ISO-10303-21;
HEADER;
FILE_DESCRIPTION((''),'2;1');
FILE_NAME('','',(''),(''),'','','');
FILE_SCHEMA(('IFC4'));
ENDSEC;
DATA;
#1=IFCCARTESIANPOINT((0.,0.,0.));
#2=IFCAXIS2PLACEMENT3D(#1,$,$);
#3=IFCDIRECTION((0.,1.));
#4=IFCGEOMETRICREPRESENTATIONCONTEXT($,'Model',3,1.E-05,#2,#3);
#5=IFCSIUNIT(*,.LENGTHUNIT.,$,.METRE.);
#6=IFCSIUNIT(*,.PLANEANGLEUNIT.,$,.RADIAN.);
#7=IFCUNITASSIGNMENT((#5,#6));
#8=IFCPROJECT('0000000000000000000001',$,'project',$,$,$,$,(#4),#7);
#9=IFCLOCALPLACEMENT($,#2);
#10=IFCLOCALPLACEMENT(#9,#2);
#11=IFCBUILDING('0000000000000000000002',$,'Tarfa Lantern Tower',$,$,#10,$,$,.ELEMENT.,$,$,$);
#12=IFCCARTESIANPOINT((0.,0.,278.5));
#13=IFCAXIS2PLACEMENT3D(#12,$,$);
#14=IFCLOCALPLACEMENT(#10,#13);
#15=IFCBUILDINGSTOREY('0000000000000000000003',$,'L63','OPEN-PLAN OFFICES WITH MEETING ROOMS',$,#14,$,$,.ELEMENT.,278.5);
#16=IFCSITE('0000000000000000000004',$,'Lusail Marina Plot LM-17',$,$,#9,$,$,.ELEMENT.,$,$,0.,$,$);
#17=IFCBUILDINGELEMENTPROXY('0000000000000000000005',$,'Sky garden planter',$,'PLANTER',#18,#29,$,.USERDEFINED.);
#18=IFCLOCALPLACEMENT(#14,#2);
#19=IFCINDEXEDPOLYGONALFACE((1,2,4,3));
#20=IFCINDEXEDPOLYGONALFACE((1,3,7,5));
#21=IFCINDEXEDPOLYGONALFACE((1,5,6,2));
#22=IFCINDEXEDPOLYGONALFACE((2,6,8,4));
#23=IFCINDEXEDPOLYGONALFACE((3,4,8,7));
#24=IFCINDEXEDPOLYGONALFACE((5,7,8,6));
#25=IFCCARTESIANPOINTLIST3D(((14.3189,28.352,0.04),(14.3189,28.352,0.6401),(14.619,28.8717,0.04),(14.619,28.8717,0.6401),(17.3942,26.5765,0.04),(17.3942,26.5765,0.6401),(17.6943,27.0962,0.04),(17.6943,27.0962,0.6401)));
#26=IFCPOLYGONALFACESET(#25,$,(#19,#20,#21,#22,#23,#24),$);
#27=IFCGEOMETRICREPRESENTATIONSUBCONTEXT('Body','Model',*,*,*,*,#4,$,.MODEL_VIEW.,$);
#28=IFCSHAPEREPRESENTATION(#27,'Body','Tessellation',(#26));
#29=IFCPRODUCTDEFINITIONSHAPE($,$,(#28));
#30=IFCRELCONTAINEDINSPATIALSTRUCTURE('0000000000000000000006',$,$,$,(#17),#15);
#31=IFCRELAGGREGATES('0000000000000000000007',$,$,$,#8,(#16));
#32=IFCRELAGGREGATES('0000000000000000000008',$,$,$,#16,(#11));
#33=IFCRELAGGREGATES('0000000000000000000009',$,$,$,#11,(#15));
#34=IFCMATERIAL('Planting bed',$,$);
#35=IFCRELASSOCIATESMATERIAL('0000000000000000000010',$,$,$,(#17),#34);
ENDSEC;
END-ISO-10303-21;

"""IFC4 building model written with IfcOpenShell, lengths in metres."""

from ifc_helpers import new_model, si_unit, direction, frame, origin, origin_2d, place, context, subcontext, project, spatial, rectangle, extrude, material, element, save


model = new_model("IFC4")

# Units and contexts
model_context = context("Model", 3, precision=1e-05, world=origin(), true_north=direction((0.0, 1.0)))
body_context = subcontext(model_context, "Body", "Model", "MODEL_VIEW")
ifc_project = project(units=[si_unit("LENGTHUNIT", "METRE"), si_unit("PLANEANGLEUNIT", "RADIAN")], contexts=[model_context])

# Site, building, storey
site_placement = place(None, origin())
site = spatial("IfcSite", under=ifc_project, at=site_placement, Name="Lusail Marina Plot LM-17", CompositionType="ELEMENT", RefElevation=0.0)
building_placement = place(site_placement, origin())
building = spatial("IfcBuilding", under=site, at=building_placement, Name="Tarfa Lantern Tower", CompositionType="ELEMENT")
storey_placement = place(building_placement, frame((0.0, 0.0, 278.5)))
storey = spatial("IfcBuildingStorey", under=building, at=storey_placement, Name="L63", Description="OPEN-PLAN OFFICES WITH MEETING ROOMS", CompositionType="ELEMENT", Elevation=278.5)

# Building element proxy
ifc_material_1 = material(Name="Planting bed")
proxy_placement = place(storey_placement, frame((16.0066, 27.7241, 0.04), z_axis=(0.0, 0.0, 1.0), x_axis=(-0.866025, 0.5, 0.0)))
element("IfcBuildingElementProxy", 1, at=proxy_placement, inside=storey, material=ifc_material_1, Name="Sky garden planter", ObjectType="PLANTER", PredefinedType="USERDEFINED", context=body_context, shape_type="SweptSolid", body=[
    extrude(rectangle(XDim=3.551, YDim=0.6001, at=origin_2d()), origin(), (0.0, 0.0, 1.0), 0.6001),
])

save(model, "model.ifc")
